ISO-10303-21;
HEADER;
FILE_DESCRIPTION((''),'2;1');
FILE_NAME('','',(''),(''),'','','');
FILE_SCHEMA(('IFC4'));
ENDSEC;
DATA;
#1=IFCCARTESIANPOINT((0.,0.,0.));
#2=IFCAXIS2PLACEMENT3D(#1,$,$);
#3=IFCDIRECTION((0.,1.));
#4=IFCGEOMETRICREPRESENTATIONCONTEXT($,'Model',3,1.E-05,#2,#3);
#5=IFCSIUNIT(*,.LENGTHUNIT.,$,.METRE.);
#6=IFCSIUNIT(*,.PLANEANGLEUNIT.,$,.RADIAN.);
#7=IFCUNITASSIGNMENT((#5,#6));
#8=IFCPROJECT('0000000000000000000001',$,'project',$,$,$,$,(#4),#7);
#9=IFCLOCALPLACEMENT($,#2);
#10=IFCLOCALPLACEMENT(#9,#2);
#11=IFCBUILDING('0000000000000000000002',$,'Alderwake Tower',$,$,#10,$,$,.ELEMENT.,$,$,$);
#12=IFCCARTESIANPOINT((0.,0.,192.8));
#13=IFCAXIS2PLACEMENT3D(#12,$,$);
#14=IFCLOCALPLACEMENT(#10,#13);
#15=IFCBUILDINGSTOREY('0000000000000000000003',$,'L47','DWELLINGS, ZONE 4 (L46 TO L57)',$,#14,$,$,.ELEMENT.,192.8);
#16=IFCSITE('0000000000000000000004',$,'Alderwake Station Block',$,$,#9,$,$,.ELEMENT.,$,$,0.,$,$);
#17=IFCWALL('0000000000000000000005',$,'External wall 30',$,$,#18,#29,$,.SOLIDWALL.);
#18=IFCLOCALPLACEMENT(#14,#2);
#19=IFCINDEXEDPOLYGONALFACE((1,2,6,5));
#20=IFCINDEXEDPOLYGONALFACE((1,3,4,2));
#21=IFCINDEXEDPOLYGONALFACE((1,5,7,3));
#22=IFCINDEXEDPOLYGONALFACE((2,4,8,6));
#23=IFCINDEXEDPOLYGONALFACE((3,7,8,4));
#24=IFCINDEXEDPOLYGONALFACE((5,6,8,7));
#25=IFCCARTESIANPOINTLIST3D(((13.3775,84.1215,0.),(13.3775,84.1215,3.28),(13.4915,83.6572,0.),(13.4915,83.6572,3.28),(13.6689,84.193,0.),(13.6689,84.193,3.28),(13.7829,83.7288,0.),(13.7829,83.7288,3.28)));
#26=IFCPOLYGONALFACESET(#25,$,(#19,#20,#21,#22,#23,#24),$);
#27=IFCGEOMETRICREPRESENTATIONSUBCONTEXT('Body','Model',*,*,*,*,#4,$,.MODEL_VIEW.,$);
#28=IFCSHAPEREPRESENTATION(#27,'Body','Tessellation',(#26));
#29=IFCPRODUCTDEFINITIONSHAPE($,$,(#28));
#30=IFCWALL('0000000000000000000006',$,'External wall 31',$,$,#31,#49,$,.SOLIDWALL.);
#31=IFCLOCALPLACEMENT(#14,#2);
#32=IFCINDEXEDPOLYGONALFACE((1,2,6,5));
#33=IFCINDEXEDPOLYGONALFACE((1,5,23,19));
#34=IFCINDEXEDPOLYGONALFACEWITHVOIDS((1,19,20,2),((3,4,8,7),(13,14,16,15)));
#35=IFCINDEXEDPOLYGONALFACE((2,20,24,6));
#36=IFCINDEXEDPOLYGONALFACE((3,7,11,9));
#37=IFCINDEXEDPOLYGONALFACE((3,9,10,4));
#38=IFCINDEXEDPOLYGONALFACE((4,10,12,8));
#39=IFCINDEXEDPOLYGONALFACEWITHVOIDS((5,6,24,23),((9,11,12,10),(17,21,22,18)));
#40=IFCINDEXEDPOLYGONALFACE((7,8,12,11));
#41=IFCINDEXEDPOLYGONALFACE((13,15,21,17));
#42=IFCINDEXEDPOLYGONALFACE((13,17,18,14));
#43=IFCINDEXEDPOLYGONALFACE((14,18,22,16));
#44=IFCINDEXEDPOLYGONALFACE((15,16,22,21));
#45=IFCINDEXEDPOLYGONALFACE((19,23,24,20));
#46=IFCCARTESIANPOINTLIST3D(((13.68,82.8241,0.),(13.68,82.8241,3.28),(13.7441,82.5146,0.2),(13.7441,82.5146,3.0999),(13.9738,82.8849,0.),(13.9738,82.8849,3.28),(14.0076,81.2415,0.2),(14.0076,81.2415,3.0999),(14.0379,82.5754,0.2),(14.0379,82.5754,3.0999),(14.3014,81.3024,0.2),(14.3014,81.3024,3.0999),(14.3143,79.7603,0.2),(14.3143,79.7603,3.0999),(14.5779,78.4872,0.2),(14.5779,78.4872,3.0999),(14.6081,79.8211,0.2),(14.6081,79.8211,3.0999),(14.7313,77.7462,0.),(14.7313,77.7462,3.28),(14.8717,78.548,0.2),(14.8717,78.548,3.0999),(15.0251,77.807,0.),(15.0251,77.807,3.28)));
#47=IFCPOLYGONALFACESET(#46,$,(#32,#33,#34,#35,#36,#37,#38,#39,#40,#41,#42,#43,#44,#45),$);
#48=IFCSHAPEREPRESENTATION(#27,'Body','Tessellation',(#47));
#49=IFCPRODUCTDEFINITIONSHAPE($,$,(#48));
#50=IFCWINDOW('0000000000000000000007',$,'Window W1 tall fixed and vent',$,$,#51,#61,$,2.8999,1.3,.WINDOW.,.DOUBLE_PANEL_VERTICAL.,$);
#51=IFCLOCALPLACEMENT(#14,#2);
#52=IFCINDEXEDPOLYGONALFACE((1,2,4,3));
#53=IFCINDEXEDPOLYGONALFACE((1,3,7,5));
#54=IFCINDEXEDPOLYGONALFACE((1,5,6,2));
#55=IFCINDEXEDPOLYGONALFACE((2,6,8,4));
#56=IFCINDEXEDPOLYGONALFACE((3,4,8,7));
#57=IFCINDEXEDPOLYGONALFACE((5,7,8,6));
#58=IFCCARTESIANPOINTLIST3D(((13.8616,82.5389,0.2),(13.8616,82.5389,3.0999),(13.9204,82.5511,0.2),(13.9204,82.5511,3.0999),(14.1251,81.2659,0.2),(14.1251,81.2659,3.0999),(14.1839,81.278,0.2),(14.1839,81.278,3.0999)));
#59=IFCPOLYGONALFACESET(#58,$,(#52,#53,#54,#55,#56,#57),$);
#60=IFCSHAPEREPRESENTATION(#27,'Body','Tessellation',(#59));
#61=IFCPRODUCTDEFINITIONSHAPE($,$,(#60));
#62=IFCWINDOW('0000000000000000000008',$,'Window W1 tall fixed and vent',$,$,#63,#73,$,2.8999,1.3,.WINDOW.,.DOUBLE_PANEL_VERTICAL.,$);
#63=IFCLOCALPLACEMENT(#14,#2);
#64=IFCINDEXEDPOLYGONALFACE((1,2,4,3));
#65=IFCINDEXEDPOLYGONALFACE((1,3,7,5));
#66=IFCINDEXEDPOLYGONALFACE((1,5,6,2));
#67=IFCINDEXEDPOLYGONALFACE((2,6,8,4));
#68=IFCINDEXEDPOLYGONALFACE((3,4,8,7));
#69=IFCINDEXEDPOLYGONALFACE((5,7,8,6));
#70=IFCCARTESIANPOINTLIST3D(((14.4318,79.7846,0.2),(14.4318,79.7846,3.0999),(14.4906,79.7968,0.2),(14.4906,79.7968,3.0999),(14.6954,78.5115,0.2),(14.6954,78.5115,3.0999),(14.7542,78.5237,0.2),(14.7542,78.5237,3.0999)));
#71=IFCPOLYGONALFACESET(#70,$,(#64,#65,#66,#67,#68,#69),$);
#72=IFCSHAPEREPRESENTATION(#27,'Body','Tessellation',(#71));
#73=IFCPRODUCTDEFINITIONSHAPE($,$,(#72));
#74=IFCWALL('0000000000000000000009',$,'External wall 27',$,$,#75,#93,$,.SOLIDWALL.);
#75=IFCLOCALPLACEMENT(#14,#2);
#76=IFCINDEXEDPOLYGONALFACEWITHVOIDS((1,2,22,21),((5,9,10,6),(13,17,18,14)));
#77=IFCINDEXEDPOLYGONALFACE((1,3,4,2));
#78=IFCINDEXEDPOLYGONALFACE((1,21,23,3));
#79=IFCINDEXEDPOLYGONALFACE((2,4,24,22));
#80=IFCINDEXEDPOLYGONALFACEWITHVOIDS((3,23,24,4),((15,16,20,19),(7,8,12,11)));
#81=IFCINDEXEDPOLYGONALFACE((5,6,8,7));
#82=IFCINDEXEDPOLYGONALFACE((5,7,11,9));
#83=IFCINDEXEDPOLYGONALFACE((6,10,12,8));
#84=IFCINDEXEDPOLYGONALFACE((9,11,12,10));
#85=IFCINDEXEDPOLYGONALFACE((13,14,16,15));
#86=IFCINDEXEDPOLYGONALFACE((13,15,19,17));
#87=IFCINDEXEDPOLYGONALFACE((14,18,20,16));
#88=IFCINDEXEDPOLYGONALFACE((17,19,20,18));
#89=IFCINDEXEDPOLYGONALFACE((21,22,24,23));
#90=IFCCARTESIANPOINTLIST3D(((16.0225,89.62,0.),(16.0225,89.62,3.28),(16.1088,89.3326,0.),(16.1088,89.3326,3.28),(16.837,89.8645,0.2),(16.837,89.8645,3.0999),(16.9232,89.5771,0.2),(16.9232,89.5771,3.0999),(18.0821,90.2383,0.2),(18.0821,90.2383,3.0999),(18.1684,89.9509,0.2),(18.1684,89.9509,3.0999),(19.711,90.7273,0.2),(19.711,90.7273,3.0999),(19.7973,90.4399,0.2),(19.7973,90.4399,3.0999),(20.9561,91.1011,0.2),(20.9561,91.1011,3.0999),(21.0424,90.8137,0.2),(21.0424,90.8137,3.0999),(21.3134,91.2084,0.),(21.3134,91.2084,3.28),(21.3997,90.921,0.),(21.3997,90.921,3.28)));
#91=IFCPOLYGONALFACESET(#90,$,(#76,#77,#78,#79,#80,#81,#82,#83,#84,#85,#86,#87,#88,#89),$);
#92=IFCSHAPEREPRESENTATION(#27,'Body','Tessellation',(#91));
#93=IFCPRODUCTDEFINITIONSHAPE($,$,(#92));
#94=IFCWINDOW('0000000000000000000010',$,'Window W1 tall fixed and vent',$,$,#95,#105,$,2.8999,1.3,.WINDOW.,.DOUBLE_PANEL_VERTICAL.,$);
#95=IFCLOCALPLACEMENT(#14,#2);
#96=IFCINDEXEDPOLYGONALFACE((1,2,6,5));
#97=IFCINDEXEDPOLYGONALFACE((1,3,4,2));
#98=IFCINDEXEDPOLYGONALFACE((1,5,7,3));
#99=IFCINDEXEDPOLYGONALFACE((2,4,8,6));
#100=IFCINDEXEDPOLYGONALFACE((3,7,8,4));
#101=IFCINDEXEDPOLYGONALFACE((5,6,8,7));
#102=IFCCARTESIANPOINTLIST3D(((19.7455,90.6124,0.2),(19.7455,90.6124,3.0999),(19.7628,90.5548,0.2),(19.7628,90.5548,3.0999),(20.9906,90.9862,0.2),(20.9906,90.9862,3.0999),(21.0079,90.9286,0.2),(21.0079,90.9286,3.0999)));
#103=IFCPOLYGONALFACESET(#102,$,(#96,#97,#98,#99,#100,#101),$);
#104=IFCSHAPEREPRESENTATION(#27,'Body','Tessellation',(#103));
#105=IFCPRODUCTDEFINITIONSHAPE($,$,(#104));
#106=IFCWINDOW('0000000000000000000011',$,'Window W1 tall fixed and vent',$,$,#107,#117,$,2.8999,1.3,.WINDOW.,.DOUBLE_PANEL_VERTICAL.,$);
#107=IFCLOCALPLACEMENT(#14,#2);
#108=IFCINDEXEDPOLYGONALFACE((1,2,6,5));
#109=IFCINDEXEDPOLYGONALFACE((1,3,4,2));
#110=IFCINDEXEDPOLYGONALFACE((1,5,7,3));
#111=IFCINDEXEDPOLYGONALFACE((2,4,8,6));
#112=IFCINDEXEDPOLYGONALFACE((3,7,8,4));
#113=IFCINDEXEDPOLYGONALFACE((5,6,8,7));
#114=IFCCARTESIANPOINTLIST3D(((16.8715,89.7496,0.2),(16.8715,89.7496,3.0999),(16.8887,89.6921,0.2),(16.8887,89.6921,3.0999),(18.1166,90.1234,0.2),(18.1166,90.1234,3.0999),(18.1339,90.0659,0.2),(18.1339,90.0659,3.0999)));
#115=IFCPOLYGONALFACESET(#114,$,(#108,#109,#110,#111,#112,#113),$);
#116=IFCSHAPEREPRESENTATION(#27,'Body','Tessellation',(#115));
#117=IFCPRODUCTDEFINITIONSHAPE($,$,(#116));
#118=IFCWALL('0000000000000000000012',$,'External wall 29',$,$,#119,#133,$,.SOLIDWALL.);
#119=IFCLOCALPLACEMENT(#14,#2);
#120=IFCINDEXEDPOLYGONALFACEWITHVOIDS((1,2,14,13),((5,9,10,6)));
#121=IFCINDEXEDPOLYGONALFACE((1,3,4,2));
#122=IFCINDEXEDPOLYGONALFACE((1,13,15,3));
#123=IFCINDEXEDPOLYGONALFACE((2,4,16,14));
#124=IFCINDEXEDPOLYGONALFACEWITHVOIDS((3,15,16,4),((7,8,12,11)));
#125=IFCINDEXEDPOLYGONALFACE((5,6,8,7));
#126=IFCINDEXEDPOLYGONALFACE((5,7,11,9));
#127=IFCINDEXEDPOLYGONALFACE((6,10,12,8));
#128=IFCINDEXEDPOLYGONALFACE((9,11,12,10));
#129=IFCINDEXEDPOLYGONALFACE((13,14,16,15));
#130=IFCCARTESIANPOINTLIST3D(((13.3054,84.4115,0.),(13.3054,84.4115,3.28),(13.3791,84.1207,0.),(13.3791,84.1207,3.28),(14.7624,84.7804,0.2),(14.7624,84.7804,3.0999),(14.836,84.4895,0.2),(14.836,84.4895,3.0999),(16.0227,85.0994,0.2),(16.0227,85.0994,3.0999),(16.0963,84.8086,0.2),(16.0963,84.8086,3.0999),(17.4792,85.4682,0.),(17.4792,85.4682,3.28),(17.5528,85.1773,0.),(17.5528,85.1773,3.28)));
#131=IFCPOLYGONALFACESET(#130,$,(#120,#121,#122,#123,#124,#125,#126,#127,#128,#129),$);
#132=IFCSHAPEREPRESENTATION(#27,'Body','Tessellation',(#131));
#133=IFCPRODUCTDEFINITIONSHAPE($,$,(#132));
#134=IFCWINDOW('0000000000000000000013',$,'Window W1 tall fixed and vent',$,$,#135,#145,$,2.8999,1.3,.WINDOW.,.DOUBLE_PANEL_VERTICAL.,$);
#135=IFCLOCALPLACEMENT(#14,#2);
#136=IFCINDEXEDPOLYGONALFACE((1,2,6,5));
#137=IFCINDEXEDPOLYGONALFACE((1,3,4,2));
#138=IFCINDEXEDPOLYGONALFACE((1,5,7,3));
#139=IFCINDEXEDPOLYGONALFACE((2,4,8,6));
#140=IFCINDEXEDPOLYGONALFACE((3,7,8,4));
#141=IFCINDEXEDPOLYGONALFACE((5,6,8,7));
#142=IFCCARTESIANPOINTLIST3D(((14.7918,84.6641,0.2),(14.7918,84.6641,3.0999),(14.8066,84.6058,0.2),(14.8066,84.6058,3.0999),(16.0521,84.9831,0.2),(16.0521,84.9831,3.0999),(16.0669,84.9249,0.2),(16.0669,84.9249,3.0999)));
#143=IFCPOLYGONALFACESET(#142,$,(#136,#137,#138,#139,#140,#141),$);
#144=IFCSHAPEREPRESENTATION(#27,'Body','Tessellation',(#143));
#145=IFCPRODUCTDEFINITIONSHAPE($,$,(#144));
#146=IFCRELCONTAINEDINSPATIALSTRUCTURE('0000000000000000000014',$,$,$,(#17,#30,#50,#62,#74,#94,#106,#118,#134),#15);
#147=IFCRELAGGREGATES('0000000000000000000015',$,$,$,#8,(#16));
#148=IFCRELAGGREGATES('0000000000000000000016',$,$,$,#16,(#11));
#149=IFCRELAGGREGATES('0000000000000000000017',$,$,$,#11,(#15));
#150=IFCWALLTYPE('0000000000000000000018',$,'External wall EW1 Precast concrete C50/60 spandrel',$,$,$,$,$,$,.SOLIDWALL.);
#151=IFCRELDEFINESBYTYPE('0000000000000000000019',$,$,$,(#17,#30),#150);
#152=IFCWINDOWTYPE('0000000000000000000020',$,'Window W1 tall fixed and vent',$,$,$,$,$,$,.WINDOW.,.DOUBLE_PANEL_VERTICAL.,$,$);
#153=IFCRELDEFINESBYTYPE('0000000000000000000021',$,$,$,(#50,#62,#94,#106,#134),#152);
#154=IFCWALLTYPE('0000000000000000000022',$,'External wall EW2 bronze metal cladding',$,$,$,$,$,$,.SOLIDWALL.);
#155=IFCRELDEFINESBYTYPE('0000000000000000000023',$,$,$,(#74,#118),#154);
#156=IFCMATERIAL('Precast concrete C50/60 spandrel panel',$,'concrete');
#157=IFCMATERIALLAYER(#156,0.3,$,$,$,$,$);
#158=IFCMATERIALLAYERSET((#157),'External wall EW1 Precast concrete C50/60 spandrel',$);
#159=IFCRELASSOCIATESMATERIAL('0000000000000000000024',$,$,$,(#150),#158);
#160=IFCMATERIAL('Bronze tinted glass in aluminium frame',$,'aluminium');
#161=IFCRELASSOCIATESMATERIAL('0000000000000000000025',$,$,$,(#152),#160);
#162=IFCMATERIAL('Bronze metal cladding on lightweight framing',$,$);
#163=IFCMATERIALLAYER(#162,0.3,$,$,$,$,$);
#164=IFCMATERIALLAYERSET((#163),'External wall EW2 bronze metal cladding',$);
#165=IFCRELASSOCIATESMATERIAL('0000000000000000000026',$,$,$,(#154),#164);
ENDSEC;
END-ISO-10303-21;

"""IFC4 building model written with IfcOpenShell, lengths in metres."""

from ifc_helpers import new_model, si_unit, direction, frame, frame_2d, origin, place, context, subcontext, project, spatial, rectangle, extrude, material, layer, layer_set, type_object, element, fill, save


model = new_model("IFC4")

# Units and contexts
model_context = context("Model", 3, precision=1e-05, world=origin(), true_north=direction((0.0, 1.0)))
body_context = subcontext(model_context, "Body", "Model", "MODEL_VIEW")
ifc_project = project(units=[si_unit("LENGTHUNIT", "METRE"), si_unit("PLANEANGLEUNIT", "RADIAN")], contexts=[model_context])

# Site, building, storey
site_placement = place(None, origin())
site = spatial("IfcSite", under=ifc_project, at=site_placement, Name="Alderwake Station Block", CompositionType="ELEMENT", RefElevation=0.0)
building_placement = place(site_placement, origin())
building = spatial("IfcBuilding", under=site, at=building_placement, Name="Alderwake Tower", CompositionType="ELEMENT")
storey_placement = place(building_placement, frame((0.0, 0.0, 192.8)))
storey = spatial("IfcBuildingStorey", under=building, at=storey_placement, Name="L47", Description="DWELLINGS, ZONE 4 (L46 TO L57)", CompositionType="ELEMENT", Elevation=192.8)

# Wall
ifc_material_1 = material(Name="Precast concrete C50/60 spandrel panel", Category="concrete")
ifc_layer_1 = layer(ifc_material_1, 0.3)
ifc_layer_set_1 = layer_set([ifc_layer_1], Name="External wall EW1 Precast concrete C50/60 spandrel")
wall_type_1 = type_object("IfcWallType", Name="External wall EW1 Precast concrete C50/60 spandrel", PredefinedType="SOLIDWALL", material=ifc_layer_set_1)
wall_1_placement = place(storey_placement, frame((13.5232, 84.1572, 0.0), z_axis=(0.0, 0.0, 1.0), x_axis=(0.238449, -0.971155, 0.0)))
element("IfcWall", 1, at=wall_1_placement, inside=storey, type_object=wall_type_1, Name="External wall 30", PredefinedType="SOLIDWALL", context=body_context, shape_type="SweptSolid", body=[
    extrude(rectangle(XDim=0.478, YDim=0.3, at=frame_2d((0.239, 0.0))), origin(), (0.0, 0.0, 1.0), 3.28),
])

# Walls, openings, windows
wall_2_placement = place(storey_placement, frame((13.8269, 82.8545, 0.0), z_axis=(0.0, 0.0, 1.0), x_axis=(0.20273, -0.979235, 0.0)))
wall_2 = element("IfcWall", 2, at=wall_2_placement, inside=storey, type_object=wall_type_1, Name="External wall 31", PredefinedType="SOLIDWALL", context=body_context, shape_type="SweptSolid", body=[
    extrude(rectangle(XDim=5.1855, YDim=0.3, at=frame_2d((2.5928, 0.0))), origin(), (0.0, 0.0, 1.0), 3.28),
])
opening_1_placement = place(wall_2_placement, frame((0.3162, 0.0, 0.2)))
opening_1 = element("IfcOpeningElement", 3, at=opening_1_placement, cuts=wall_2, PredefinedType="OPENING", context=body_context, shape_type="SweptSolid", body=[
    extrude(rectangle(XDim=1.3, YDim=2.8999, at=frame_2d((0.6499, 1.45))), frame((0.0, 0.1599, 0.0), z_axis=(0.0, -1.0, 0.0), x_axis=(1.0, 0.0, 0.0)), (0.0, 0.0, 1.0), 0.3201),
])
opening_2_placement = place(wall_2_placement, frame((3.1289, 0.0, 0.2)))
opening_2 = element("IfcOpeningElement", 4, at=opening_2_placement, cuts=wall_2, PredefinedType="OPENING", context=body_context, shape_type="SweptSolid", body=[
    extrude(rectangle(XDim=1.3, YDim=2.8999, at=frame_2d((0.6499, 1.45))), frame((0.0, 0.1599, 0.0), z_axis=(0.0, -1.0, 0.0), x_axis=(1.0, 0.0, 0.0)), (0.0, 0.0, 1.0), 0.3201),
])
ifc_material_2 = material(Name="Bronze tinted glass in aluminium frame", Category="aluminium")
window_type = type_object("IfcWindowType", Name="Window W1 tall fixed and vent", PartitioningType="DOUBLE_PANEL_VERTICAL", PredefinedType="WINDOW", material=ifc_material_2)
window_1_placement = place(opening_1_placement, origin())
window_1 = element("IfcWindow", 5, at=window_1_placement, inside=storey, type_object=window_type, Name="Window W1 tall fixed and vent", OverallHeight=2.8999, OverallWidth=1.3, PartitioningType="DOUBLE_PANEL_VERTICAL", PredefinedType="WINDOW", context=body_context, shape_type="SweptSolid", body=[
    extrude(rectangle(XDim=1.3, YDim=2.8999, at=frame_2d((0.6499, 1.45))), frame((0.0, 0.03, 0.0), z_axis=(0.0, -1.0, 0.0), x_axis=(1.0, 0.0, 0.0)), (0.0, 0.0, 1.0), 0.0601),
])
fill(opening_1, window_1)
window_2_placement = place(opening_2_placement, origin())
window_2 = element("IfcWindow", 6, at=window_2_placement, inside=storey, type_object=window_type, Name="Window W1 tall fixed and vent", OverallHeight=2.8999, OverallWidth=1.3, PartitioningType="DOUBLE_PANEL_VERTICAL", PredefinedType="WINDOW", context=body_context, shape_type="SweptSolid", body=[
    extrude(rectangle(XDim=1.3, YDim=2.8999, at=frame_2d((0.6499, 1.45))), frame((0.0, 0.03, 0.0), z_axis=(0.0, -1.0, 0.0), x_axis=(1.0, 0.0, 0.0)), (0.0, 0.0, 1.0), 0.0601),
])
fill(opening_2, window_2)
ifc_material_3 = material(Name="Bronze metal cladding on lightweight framing")
ifc_layer_2 = layer(ifc_material_3, 0.3)
ifc_layer_set_2 = layer_set([ifc_layer_2], Name="External wall EW2 bronze metal cladding")
wall_type_2 = type_object("IfcWallType", Name="External wall EW2 bronze metal cladding", PredefinedType="SOLIDWALL", material=ifc_layer_set_2)
wall_3_placement = place(storey_placement, frame((21.3567, 91.0647, 0.0), z_axis=(0.0, 0.0, 1.0), x_axis=(-0.957773, -0.287526, 0.0)))
wall_3 = element("IfcWall", 7, at=wall_3_placement, inside=storey, type_object=wall_type_2, Name="External wall 27", PredefinedType="SOLIDWALL", context=body_context, shape_type="SweptSolid", body=[
    extrude(rectangle(XDim=5.5242, YDim=0.3, at=frame_2d((2.7622, 0.0))), origin(), (0.0, 0.0, 1.0), 3.28),
])
opening_3_placement = place(wall_3_placement, frame((0.3733, 0.0, 0.2)))
opening_3 = element("IfcOpeningElement", 8, at=opening_3_placement, cuts=wall_3, PredefinedType="OPENING", context=body_context, shape_type="SweptSolid", body=[
    extrude(rectangle(XDim=1.3, YDim=2.8999, at=frame_2d((0.6499, 1.45))), frame((0.0, 0.1599, 0.0), z_axis=(0.0, -1.0, 0.0), x_axis=(1.0, 0.0, 0.0)), (0.0, 0.0, 1.0), 0.3201),
])
opening_4_placement = place(wall_3_placement, frame((3.374, 0.0, 0.2)))
opening_4 = element("IfcOpeningElement", 9, at=opening_4_placement, cuts=wall_3, PredefinedType="OPENING", context=body_context, shape_type="SweptSolid", body=[
    extrude(rectangle(XDim=1.3, YDim=2.8999, at=frame_2d((0.6499, 1.45))), frame((0.0, 0.1599, 0.0), z_axis=(0.0, -1.0, 0.0), x_axis=(1.0, 0.0, 0.0)), (0.0, 0.0, 1.0), 0.3201),
])
window_3_placement = place(opening_3_placement, origin())
window_3 = element("IfcWindow", 10, at=window_3_placement, inside=storey, type_object=window_type, Name="Window W1 tall fixed and vent", OverallHeight=2.8999, OverallWidth=1.3, PartitioningType="DOUBLE_PANEL_VERTICAL", PredefinedType="WINDOW", context=body_context, shape_type="SweptSolid", body=[
    extrude(rectangle(XDim=1.3, YDim=2.8999, at=frame_2d((0.6499, 1.45))), frame((0.0, 0.03, 0.0), z_axis=(0.0, -1.0, 0.0), x_axis=(1.0, 0.0, 0.0)), (0.0, 0.0, 1.0), 0.0601),
])
fill(opening_3, window_3)
window_4_placement = place(opening_4_placement, origin())
window_4 = element("IfcWindow", 11, at=window_4_placement, inside=storey, type_object=window_type, Name="Window W1 tall fixed and vent", OverallHeight=2.8999, OverallWidth=1.3, PartitioningType="DOUBLE_PANEL_VERTICAL", PredefinedType="WINDOW", context=body_context, shape_type="SweptSolid", body=[
    extrude(rectangle(XDim=1.3, YDim=2.8999, at=frame_2d((0.6499, 1.45))), frame((0.0, 0.03, 0.0), z_axis=(0.0, -1.0, 0.0), x_axis=(1.0, 0.0, 0.0)), (0.0, 0.0, 1.0), 0.0601),
])
fill(opening_4, window_4)

# Wall, opening, window
wall_4_placement = place(storey_placement, frame((17.5161, 85.3228, 0.0), z_axis=(0.0, 0.0, 1.0), x_axis=(-0.969418, -0.245416, 0.0)))
wall_4 = element("IfcWall", 12, at=wall_4_placement, inside=storey, type_object=wall_type_2, Name="External wall 29", PredefinedType="SOLIDWALL", context=body_context, shape_type="SweptSolid", body=[
    extrude(rectangle(XDim=4.3054, YDim=0.3, at=frame_2d((2.1528, 0.0))), origin(), (0.0, 0.0, 1.0), 3.28),
])
opening_5_placement = place(wall_4_placement, frame((1.5027, 0.0, 0.2)))
opening_5 = element("IfcOpeningElement", 13, at=opening_5_placement, cuts=wall_4, PredefinedType="OPENING", context=body_context, shape_type="SweptSolid", body=[
    extrude(rectangle(XDim=1.3, YDim=2.8999, at=frame_2d((0.6499, 1.45))), frame((0.0, 0.1599, 0.0), z_axis=(0.0, -1.0, 0.0), x_axis=(1.0, 0.0, 0.0)), (0.0, 0.0, 1.0), 0.3201),
])
window_5_placement = place(opening_5_placement, origin())
window_5 = element("IfcWindow", 14, at=window_5_placement, inside=storey, type_object=window_type, Name="Window W1 tall fixed and vent", OverallHeight=2.8999, OverallWidth=1.3, PartitioningType="DOUBLE_PANEL_VERTICAL", PredefinedType="WINDOW", context=body_context, shape_type="SweptSolid", body=[
    extrude(rectangle(XDim=1.3, YDim=2.8999, at=frame_2d((0.6499, 1.45))), frame((0.0, 0.03, 0.0), z_axis=(0.0, -1.0, 0.0), x_axis=(1.0, 0.0, 0.0)), (0.0, 0.0, 1.0), 0.0601),
])
fill(opening_5, window_5)

save(model, "model.ifc")
